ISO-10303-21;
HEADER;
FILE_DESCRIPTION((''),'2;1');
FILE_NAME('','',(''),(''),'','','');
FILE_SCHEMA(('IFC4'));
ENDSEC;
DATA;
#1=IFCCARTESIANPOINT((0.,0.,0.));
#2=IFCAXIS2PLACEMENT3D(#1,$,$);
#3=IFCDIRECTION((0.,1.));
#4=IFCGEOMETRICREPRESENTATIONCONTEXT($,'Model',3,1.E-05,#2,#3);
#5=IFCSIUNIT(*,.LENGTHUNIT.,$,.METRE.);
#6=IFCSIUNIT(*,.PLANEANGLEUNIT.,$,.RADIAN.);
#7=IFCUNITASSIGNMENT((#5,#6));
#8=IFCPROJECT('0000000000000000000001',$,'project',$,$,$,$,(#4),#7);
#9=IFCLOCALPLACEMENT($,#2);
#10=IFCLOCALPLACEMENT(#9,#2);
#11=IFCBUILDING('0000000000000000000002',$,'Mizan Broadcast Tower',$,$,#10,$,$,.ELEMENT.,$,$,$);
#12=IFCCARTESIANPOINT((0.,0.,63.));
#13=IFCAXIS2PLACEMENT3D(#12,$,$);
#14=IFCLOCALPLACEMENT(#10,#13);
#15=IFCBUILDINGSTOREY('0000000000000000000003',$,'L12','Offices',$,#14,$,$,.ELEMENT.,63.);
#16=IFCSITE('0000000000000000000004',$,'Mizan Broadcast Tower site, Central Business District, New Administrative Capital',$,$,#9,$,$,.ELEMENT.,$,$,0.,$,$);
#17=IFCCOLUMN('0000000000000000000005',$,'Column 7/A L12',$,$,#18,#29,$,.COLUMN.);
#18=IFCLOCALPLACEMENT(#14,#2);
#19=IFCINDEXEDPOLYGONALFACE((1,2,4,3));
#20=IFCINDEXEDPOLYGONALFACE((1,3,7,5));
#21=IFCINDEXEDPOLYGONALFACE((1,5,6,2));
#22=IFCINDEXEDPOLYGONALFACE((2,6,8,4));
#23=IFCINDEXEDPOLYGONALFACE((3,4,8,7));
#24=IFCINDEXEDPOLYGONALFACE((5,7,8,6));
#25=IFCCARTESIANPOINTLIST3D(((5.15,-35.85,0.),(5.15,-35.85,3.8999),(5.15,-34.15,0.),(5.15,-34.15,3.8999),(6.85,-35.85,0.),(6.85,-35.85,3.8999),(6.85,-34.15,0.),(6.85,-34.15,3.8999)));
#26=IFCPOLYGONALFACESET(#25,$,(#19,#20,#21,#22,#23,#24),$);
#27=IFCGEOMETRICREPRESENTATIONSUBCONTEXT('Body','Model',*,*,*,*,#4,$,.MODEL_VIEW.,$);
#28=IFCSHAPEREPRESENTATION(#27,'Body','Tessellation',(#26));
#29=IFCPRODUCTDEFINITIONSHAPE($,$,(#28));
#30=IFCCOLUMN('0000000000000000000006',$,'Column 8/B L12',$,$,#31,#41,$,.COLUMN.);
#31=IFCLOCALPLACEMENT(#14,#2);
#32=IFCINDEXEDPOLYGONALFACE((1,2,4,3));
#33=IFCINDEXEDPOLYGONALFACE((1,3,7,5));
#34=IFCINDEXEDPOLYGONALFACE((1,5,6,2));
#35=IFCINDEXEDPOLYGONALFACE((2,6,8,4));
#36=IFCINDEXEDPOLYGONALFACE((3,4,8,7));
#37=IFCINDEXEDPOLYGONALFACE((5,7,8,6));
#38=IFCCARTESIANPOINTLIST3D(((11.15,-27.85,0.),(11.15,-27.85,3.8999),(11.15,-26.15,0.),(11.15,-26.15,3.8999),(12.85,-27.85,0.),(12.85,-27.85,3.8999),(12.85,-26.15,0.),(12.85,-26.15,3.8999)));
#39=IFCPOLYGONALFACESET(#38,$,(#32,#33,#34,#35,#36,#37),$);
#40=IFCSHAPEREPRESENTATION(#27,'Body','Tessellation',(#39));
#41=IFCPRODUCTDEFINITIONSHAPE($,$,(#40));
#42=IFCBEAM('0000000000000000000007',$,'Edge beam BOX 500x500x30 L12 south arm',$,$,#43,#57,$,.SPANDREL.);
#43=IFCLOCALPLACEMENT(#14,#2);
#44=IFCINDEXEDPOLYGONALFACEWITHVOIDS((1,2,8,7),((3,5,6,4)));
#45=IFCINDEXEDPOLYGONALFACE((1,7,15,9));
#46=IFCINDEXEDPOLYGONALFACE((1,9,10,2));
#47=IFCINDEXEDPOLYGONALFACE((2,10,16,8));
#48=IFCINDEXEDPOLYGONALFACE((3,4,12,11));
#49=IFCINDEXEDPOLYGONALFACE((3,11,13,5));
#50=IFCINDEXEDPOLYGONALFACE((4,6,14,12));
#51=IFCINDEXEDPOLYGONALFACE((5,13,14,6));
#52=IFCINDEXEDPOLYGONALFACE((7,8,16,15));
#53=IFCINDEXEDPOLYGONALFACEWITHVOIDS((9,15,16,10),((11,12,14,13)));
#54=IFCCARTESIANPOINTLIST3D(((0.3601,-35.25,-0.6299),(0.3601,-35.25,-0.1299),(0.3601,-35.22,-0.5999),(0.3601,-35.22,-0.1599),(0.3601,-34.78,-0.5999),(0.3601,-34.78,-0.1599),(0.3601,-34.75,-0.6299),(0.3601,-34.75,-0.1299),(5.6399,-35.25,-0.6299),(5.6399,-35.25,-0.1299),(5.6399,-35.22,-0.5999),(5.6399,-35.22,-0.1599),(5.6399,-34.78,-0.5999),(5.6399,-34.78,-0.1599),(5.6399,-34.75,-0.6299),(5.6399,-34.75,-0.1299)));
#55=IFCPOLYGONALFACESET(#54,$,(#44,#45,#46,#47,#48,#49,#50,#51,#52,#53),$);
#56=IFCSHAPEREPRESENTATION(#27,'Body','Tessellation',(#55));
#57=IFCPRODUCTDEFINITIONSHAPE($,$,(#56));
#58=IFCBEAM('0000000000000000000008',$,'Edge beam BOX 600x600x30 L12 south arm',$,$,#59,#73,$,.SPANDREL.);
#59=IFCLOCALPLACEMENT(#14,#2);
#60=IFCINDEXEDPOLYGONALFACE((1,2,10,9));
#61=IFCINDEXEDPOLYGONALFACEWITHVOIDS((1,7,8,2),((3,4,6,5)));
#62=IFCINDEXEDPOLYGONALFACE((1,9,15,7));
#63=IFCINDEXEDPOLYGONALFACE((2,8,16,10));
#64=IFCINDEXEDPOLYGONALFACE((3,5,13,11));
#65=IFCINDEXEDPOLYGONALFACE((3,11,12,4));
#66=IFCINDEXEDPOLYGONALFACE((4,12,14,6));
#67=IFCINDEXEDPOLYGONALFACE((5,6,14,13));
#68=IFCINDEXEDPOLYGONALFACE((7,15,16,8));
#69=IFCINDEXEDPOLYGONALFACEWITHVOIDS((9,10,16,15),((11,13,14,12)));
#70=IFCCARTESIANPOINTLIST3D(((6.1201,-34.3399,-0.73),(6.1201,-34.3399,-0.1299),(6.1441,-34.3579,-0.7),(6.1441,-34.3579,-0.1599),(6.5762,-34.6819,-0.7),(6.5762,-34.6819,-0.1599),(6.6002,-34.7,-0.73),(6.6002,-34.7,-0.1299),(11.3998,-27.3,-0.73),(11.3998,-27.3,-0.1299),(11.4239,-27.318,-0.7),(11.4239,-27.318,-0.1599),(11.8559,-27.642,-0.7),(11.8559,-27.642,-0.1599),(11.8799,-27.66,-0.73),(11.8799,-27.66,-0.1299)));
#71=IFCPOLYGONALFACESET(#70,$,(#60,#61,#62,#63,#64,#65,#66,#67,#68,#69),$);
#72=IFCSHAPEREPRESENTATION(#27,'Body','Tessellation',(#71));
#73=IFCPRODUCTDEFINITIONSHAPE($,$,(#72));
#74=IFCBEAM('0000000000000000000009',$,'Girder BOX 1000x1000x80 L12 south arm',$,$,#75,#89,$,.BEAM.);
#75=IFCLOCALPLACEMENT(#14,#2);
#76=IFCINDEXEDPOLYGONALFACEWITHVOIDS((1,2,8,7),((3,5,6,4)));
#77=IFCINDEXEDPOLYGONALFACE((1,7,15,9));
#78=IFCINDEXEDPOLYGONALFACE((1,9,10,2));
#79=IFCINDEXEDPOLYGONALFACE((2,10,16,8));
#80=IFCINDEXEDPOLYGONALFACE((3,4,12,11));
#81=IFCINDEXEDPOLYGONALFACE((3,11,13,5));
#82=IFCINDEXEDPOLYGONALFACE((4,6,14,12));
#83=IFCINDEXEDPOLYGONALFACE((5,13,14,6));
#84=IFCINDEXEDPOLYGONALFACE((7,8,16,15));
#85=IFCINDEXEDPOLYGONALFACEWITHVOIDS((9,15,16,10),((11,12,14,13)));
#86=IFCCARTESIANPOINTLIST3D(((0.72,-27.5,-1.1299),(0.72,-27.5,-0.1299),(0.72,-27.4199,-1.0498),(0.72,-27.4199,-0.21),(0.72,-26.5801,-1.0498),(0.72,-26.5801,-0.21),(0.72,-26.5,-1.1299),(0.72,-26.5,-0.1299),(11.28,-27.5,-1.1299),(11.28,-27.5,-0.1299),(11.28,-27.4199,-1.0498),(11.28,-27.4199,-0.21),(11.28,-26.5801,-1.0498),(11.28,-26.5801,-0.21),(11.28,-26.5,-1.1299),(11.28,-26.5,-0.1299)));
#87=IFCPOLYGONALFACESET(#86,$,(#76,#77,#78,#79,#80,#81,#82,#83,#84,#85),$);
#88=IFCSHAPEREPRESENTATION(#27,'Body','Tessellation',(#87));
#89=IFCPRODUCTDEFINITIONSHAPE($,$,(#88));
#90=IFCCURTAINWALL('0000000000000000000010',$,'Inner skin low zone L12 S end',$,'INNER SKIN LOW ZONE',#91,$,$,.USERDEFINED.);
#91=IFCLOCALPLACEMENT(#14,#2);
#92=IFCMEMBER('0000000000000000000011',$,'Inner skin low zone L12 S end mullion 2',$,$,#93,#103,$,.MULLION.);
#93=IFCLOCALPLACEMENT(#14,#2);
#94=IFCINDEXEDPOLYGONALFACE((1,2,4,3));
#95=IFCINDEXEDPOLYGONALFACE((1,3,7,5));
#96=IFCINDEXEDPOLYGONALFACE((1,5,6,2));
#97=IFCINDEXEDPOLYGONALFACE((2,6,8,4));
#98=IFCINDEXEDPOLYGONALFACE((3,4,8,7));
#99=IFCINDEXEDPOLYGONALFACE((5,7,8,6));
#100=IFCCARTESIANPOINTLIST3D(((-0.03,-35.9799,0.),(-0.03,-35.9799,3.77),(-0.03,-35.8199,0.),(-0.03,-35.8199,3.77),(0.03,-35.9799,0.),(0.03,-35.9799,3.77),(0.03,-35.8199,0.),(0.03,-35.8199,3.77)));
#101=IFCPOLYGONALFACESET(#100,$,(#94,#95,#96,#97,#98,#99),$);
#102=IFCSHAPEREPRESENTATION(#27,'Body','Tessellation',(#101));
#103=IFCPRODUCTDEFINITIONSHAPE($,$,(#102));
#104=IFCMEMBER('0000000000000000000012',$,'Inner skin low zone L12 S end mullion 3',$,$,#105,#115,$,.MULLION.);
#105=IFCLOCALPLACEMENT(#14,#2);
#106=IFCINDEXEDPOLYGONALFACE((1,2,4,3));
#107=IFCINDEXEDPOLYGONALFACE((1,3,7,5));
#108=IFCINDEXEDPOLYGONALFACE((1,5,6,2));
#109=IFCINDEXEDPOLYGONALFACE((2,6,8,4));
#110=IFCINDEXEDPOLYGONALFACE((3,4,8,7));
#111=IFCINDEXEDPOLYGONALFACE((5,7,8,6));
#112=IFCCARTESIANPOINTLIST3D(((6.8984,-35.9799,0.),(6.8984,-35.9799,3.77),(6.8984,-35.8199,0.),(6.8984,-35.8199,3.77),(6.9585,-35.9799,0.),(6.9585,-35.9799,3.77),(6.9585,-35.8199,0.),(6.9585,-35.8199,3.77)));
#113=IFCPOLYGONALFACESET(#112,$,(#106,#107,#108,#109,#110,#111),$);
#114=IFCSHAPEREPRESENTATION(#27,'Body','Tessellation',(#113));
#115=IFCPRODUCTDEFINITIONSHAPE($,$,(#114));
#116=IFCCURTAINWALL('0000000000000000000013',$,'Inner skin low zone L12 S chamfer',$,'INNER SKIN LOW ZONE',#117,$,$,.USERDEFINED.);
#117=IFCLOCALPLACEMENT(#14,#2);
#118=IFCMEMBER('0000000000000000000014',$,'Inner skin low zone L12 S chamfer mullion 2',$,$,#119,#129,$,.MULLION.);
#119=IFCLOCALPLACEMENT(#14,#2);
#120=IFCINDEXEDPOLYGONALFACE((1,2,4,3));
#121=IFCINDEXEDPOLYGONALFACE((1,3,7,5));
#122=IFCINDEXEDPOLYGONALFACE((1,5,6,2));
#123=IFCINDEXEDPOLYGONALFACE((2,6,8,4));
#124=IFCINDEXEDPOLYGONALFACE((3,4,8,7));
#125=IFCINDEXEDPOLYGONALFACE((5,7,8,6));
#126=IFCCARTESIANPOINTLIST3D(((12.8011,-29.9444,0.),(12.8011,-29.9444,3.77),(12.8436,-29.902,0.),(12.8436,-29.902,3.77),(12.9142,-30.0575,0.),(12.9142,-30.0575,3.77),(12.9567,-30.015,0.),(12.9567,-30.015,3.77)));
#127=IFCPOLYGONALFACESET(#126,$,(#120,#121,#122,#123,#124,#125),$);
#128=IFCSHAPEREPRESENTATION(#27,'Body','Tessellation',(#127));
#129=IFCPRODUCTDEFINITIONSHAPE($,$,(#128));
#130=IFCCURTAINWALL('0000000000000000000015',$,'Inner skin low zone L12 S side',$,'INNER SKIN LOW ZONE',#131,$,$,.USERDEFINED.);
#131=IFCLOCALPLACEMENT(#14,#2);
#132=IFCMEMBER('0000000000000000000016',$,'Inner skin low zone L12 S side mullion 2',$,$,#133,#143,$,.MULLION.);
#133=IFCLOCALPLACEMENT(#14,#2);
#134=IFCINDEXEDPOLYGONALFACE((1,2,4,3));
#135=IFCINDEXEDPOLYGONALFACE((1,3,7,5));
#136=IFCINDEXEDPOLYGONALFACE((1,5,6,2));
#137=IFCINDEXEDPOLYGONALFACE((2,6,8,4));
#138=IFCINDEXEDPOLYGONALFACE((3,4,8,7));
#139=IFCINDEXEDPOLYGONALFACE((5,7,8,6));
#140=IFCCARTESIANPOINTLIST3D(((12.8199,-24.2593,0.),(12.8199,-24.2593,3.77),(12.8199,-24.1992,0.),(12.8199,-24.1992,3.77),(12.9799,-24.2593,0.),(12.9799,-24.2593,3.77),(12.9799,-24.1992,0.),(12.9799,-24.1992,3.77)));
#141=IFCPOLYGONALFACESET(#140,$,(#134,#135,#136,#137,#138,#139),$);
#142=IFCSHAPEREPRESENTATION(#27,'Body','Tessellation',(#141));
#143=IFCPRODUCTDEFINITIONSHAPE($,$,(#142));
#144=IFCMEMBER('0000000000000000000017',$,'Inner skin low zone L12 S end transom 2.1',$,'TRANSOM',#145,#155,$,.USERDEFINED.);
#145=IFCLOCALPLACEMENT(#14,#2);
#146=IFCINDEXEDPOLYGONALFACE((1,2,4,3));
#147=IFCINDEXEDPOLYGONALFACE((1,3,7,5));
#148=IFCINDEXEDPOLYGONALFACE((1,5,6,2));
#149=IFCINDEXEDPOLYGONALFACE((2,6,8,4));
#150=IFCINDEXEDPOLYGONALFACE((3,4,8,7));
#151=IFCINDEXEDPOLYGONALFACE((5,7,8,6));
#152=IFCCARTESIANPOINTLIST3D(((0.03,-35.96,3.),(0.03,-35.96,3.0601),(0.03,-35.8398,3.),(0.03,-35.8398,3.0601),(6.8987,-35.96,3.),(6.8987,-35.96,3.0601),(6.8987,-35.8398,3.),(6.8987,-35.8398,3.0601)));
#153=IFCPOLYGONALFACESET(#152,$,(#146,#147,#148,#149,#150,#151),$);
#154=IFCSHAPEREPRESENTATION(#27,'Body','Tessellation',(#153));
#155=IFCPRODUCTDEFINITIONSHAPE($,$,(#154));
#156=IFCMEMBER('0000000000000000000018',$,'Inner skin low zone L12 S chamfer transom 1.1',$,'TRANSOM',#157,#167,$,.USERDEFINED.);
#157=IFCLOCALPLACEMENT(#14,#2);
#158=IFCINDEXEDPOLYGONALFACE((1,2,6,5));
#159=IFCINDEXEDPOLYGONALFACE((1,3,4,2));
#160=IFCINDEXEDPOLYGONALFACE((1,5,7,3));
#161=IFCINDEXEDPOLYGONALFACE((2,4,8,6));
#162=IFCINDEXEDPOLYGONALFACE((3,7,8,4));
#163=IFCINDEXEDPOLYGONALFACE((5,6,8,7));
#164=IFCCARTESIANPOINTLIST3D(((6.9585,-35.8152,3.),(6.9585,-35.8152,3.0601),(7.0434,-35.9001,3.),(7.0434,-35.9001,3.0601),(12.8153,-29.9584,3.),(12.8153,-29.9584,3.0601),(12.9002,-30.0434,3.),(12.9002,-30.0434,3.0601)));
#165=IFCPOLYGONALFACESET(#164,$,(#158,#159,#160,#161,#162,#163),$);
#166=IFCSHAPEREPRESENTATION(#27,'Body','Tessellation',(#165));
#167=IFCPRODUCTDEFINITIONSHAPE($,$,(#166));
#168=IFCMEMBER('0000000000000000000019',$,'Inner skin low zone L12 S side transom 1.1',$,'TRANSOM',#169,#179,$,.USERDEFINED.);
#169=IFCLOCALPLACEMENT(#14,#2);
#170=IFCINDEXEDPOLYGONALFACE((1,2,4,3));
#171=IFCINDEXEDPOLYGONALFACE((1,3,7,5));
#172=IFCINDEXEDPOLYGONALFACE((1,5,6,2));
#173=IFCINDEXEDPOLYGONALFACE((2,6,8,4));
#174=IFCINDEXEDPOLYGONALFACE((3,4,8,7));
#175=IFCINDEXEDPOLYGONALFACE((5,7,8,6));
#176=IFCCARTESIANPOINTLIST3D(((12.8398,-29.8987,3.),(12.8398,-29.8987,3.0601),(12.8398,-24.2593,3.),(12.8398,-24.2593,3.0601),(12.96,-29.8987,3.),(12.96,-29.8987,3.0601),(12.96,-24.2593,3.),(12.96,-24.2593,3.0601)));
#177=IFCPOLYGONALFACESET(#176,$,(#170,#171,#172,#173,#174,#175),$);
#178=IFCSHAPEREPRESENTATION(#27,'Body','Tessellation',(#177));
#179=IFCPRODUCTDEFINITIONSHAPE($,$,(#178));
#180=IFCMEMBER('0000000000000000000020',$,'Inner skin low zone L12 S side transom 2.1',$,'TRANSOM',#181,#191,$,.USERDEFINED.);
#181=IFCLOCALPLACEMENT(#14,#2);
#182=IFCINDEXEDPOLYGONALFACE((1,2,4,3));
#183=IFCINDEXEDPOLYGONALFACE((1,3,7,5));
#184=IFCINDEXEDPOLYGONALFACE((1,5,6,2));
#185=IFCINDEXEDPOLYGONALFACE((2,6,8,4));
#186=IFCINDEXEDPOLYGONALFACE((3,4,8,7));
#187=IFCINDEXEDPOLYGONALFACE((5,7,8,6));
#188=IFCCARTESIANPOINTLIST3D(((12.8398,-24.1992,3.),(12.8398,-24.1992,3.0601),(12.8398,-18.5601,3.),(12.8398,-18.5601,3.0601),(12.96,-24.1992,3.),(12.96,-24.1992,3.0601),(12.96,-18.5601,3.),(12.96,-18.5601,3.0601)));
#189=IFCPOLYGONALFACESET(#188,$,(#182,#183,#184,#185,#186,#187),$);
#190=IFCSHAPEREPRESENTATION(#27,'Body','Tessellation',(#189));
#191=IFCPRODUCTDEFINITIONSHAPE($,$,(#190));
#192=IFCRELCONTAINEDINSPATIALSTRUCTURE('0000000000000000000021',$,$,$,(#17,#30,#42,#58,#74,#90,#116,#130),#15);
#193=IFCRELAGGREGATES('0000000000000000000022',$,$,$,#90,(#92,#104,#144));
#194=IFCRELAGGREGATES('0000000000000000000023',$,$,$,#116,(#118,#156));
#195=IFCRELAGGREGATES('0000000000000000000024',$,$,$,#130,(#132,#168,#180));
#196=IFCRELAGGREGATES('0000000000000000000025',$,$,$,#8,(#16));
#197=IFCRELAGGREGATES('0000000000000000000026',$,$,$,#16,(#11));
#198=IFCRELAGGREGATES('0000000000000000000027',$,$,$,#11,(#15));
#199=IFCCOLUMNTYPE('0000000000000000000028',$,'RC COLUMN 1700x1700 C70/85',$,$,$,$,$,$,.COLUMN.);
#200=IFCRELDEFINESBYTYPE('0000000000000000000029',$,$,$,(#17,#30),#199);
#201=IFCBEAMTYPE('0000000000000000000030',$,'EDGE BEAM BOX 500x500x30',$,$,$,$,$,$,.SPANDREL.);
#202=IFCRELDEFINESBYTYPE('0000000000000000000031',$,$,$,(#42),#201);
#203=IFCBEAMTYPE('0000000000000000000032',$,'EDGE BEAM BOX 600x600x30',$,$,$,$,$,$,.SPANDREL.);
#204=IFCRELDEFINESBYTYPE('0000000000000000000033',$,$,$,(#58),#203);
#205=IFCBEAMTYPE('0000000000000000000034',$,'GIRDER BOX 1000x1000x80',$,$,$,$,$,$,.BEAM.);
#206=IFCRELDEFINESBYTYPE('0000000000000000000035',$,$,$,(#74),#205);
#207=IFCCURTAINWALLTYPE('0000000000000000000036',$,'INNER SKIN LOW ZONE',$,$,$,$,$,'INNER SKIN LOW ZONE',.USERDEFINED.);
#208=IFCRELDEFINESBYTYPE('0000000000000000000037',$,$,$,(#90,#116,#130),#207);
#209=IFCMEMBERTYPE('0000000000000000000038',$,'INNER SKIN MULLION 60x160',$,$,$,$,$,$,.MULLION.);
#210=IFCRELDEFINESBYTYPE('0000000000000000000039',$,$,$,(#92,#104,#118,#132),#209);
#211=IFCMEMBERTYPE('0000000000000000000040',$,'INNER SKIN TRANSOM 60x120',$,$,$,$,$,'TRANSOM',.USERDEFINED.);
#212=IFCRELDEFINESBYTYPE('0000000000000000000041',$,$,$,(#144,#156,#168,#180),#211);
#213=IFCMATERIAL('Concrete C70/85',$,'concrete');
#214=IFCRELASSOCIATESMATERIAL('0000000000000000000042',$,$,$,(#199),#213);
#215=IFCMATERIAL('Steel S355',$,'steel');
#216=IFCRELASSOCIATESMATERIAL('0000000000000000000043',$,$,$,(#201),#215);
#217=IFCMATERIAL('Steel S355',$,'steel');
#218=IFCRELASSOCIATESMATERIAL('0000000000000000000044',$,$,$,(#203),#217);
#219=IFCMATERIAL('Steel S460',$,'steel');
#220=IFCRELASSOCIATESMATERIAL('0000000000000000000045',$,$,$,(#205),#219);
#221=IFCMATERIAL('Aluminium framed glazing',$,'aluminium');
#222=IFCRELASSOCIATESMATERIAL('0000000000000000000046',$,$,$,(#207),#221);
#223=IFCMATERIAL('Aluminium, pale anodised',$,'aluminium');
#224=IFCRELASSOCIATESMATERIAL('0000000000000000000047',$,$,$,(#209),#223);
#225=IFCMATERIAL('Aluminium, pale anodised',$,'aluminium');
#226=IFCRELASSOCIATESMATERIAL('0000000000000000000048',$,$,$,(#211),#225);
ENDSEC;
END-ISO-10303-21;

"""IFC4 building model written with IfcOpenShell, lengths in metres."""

from ifc_helpers import new_model, si_unit, direction, frame, origin, origin_2d, place, context, subcontext, project, spatial, rectangle, hollow_rectangle, extrude, material, material_profile, profile_set, type_object, element, aggregate, save


model = new_model("IFC4")

# Units and contexts
model_context = context("Model", 3, precision=1e-05, world=origin(), true_north=direction((0.0, 1.0)))
body_context = subcontext(model_context, "Body", "Model", "MODEL_VIEW")
ifc_project = project(units=[si_unit("LENGTHUNIT", "METRE"), si_unit("PLANEANGLEUNIT", "RADIAN")], contexts=[model_context])

# Site, building, storey
site_placement = place(None, origin())
site = spatial("IfcSite", under=ifc_project, at=site_placement, Name="Mizan Broadcast Tower site, Central Business District, New Administrative Capital", CompositionType="ELEMENT", RefElevation=0.0)
building_placement = place(site_placement, origin())
building = spatial("IfcBuilding", under=site, at=building_placement, Name="Mizan Broadcast Tower", CompositionType="ELEMENT")
storey_placement = place(building_placement, frame((0.0, 0.0, 63.0)))
storey = spatial("IfcBuildingStorey", under=building, at=storey_placement, Name="L12", Description="Offices", CompositionType="ELEMENT", Elevation=63.0)

# Columns
ifc_material_1 = material(Name="Concrete C70/85", Category="concrete")
ifc_material_profile_1 = material_profile(ifc_material_1, rectangle(XDim=1.7, YDim=1.7, at=origin_2d()), Name="RC 1700x1700")
ifc_profile_set_1 = profile_set([ifc_material_profile_1], Name="Concrete C70/85")
column_type = type_object("IfcColumnType", Name="RC COLUMN 1700x1700 C70/85", PredefinedType="COLUMN", material=ifc_profile_set_1)
for number, where, z_axis, x_axis, name in (
    (1, (6.0, -35.0, 0.0), (0.0, 0.0, 1.0), (1.0, 0.0, 0.0), "Column 7/A L12"),
    (2, (12.0, -27.0, 0.0), (0.0, 0.0, 1.0), (1.0, 0.0, 0.0), "Column 8/B L12"),
):
    element("IfcColumn", number, at=place(storey_placement, frame(where, z_axis=z_axis, x_axis=x_axis)), inside=storey, type_object=column_type, Name=name, PredefinedType="COLUMN", context=body_context, shape_type="SweptSolid", body=[
        extrude(rectangle(XDim=1.7, YDim=1.7, at=origin_2d()), origin(), (0.0, 0.0, 1.0), 3.8999),
    ])

# Beams
ifc_material_2 = material(Name="Steel S355", Category="steel")
ifc_material_profile_2 = material_profile(ifc_material_2, hollow_rectangle(XDim=0.5, YDim=0.5, WallThickness=0.03, at=origin_2d()), Name="BOX 500x500x30")
ifc_profile_set_2 = profile_set([ifc_material_profile_2], Name="Steel S355")
beam_type_1 = type_object("IfcBeamType", Name="EDGE BEAM BOX 500x500x30", PredefinedType="SPANDREL", material=ifc_profile_set_2)
beam_1_placement = place(storey_placement, frame((5.6399, -35.0, -0.3799), z_axis=(-1.0, 0.0, 0.0), x_axis=(0.0, -1.0, 0.0)))
element("IfcBeam", 3, at=beam_1_placement, inside=storey, type_object=beam_type_1, Name="Edge beam BOX 500x500x30 L12 south arm", PredefinedType="SPANDREL", context=body_context, shape_type="SweptSolid", body=[
    extrude(hollow_rectangle(XDim=0.5, YDim=0.5, WallThickness=0.03, at=origin_2d()), origin(), (0.0, 0.0, 1.0), 5.2798),
])
ifc_material_3 = material(Name="Steel S355", Category="steel")
ifc_material_profile_3 = material_profile(ifc_material_3, hollow_rectangle(XDim=0.6001, YDim=0.6001, WallThickness=0.03, at=origin_2d()), Name="BOX 600x600x30")
ifc_profile_set_3 = profile_set([ifc_material_profile_3], Name="Steel S355")
beam_type_2 = type_object("IfcBeamType", Name="EDGE BEAM BOX 600x600x30", PredefinedType="SPANDREL", material=ifc_profile_set_3)
beam_2_placement = place(storey_placement, frame((11.6399, -27.48, -0.4299), z_axis=(-0.599982, -0.800013, 0.0), x_axis=(0.800013, -0.599982, 0.0)))
element("IfcBeam", 4, at=beam_2_placement, inside=storey, type_object=beam_type_2, Name="Edge beam BOX 600x600x30 L12 south arm", PredefinedType="SPANDREL", context=body_context, shape_type="SweptSolid", body=[
    extrude(hollow_rectangle(XDim=0.6001, YDim=0.6001, WallThickness=0.03, at=origin_2d()), origin(), (0.0, 0.0, 1.0), 8.7998),
])
ifc_material_4 = material(Name="Steel S460", Category="steel")
ifc_material_profile_4 = material_profile(ifc_material_4, hollow_rectangle(XDim=1.0, YDim=1.0, WallThickness=0.0801, at=origin_2d()), Name="BOX 1000x1000x80")
ifc_profile_set_4 = profile_set([ifc_material_profile_4], Name="Steel S460")
beam_type_3 = type_object("IfcBeamType", Name="GIRDER BOX 1000x1000x80", PredefinedType="BEAM", material=ifc_profile_set_4)
beam_3_placement = place(storey_placement, frame((11.28, -27.0, -0.6299), z_axis=(-1.0, 0.0, 0.0), x_axis=(0.0, -1.0, 0.0)))
element("IfcBeam", 5, at=beam_3_placement, inside=storey, type_object=beam_type_3, Name="Girder BOX 1000x1000x80 L12 south arm", PredefinedType="BEAM", context=body_context, shape_type="SweptSolid", body=[
    extrude(hollow_rectangle(XDim=1.0, YDim=1.0, WallThickness=0.0801, at=origin_2d()), origin(), (0.0, 0.0, 1.0), 10.5601),
])

# Curtain wall, members
ifc_material_5 = material(Name="Aluminium framed glazing", Category="aluminium")
curtain_wall_type_1 = type_object("IfcCurtainWallType", Name="INNER SKIN LOW ZONE", ElementType="INNER SKIN LOW ZONE", PredefinedType="USERDEFINED", material=ifc_material_5)
curtain_wall_1_placement = place(storey_placement, origin())
curtain_wall_1 = element("IfcCurtainWall", 6, at=curtain_wall_1_placement, inside=storey, type_object=curtain_wall_type_1, Name="Inner skin low zone L12 S end", ObjectType="INNER SKIN LOW ZONE", PredefinedType="USERDEFINED")
ifc_material_6 = material(Name="Aluminium, pale anodised", Category="aluminium")
ifc_material_profile_5 = material_profile(ifc_material_6, rectangle(XDim=0.1599, YDim=0.0601, at=origin_2d()), Name="MULLION 160x60")
ifc_profile_set_5 = profile_set([ifc_material_profile_5], Name="Aluminium, pale anodised")
member_type_1 = type_object("IfcMemberType", Name="INNER SKIN MULLION 60x160", PredefinedType="MULLION", material=ifc_profile_set_5)
member_1_placement = place(storey_placement, frame((0.0, -35.8999, 0.0), z_axis=(0.0, 0.0, 1.0), x_axis=(0.0, 1.0, 0.0)))
member_1 = element("IfcMember", 7, at=member_1_placement, type_object=member_type_1, Name="Inner skin low zone L12 S end mullion 2", PredefinedType="MULLION", context=body_context, shape_type="SweptSolid", body=[
    extrude(rectangle(XDim=0.1599, YDim=0.0601, at=origin_2d()), origin(), (0.0, 0.0, 1.0), 3.77),
])
member_2_placement = place(storey_placement, frame((6.9285, -35.8999, 0.0), z_axis=(0.0, 0.0, 1.0), x_axis=(0.0, 1.0, 0.0)))
member_2 = element("IfcMember", 8, at=member_2_placement, type_object=member_type_1, Name="Inner skin low zone L12 S end mullion 3", PredefinedType="MULLION", context=body_context, shape_type="SweptSolid", body=[
    extrude(rectangle(XDim=0.1599, YDim=0.0601, at=origin_2d()), origin(), (0.0, 0.0, 1.0), 3.77),
])

# Curtain walls, members
curtain_wall_2_placement = place(storey_placement, origin())
curtain_wall_2 = element("IfcCurtainWall", 9, at=curtain_wall_2_placement, inside=storey, type_object=curtain_wall_type_1, Name="Inner skin low zone L12 S chamfer", ObjectType="INNER SKIN LOW ZONE", PredefinedType="USERDEFINED")
member_3_placement = place(storey_placement, frame((12.8789, -29.9797, 0.0), z_axis=(0.0, 0.0, 1.0), x_axis=(-0.707107, 0.707107, 0.0)))
member_3 = element("IfcMember", 10, at=member_3_placement, type_object=member_type_1, Name="Inner skin low zone L12 S chamfer mullion 2", PredefinedType="MULLION", context=body_context, shape_type="SweptSolid", body=[
    extrude(rectangle(XDim=0.1599, YDim=0.0601, at=origin_2d()), origin(), (0.0, 0.0, 1.0), 3.77),
])
curtain_wall_3_placement = place(storey_placement, origin())
curtain_wall_3 = element("IfcCurtainWall", 11, at=curtain_wall_3_placement, inside=storey, type_object=curtain_wall_type_1, Name="Inner skin low zone L12 S side", ObjectType="INNER SKIN LOW ZONE", PredefinedType="USERDEFINED")
member_4_placement = place(storey_placement, frame((12.8999, -24.2292, 0.0), z_axis=(0.0, 0.0, 1.0), x_axis=(-1.0, 0.0, 0.0)))
member_4 = element("IfcMember", 12, at=member_4_placement, type_object=member_type_1, Name="Inner skin low zone L12 S side mullion 2", PredefinedType="MULLION", context=body_context, shape_type="SweptSolid", body=[
    extrude(rectangle(XDim=0.1599, YDim=0.0601, at=origin_2d()), origin(), (0.0, 0.0, 1.0), 3.77),
])

# Members
ifc_material_7 = material(Name="Aluminium, pale anodised", Category="aluminium")
ifc_material_profile_6 = material_profile(ifc_material_7, rectangle(XDim=0.1201, YDim=0.0601, at=origin_2d()), Name="TRANSOM 120x60")
ifc_profile_set_6 = profile_set([ifc_material_profile_6], Name="Aluminium, pale anodised")
member_type_2 = type_object("IfcMemberType", Name="INNER SKIN TRANSOM 60x120", ElementType="TRANSOM", PredefinedType="USERDEFINED", material=ifc_profile_set_6)
member_5_placement = place(storey_placement, frame((0.03, -35.8999, 3.03), z_axis=(1.0, 0.0, 0.0), x_axis=(0.0, 1.0, 0.0)))
member_5 = element("IfcMember", 13, at=member_5_placement, type_object=member_type_2, Name="Inner skin low zone L12 S end transom 2.1", ObjectType="TRANSOM", PredefinedType="USERDEFINED", context=body_context, shape_type="SweptSolid", body=[
    extrude(rectangle(XDim=0.1201, YDim=0.0601, at=origin_2d()), origin(), (0.0, 0.0, 1.0), 6.8687),
])
member_6_placement = place(storey_placement, frame((7.001, -35.8577, 3.03), z_axis=(0.707107, 0.707107, 0.0), x_axis=(-0.707107, 0.707107, 0.0)))
member_6 = element("IfcMember", 14, at=member_6_placement, type_object=member_type_2, Name="Inner skin low zone L12 S chamfer transom 1.1", ObjectType="TRANSOM", PredefinedType="USERDEFINED", context=body_context, shape_type="SweptSolid", body=[
    extrude(rectangle(XDim=0.1201, YDim=0.0601, at=origin_2d()), origin(), (0.0, 0.0, 1.0), 8.2827),
])
member_7_placement = place(storey_placement, frame((12.8999, -29.8987, 3.03), z_axis=(0.0, 1.0, 0.0), x_axis=(-1.0, 0.0, 0.0)))
member_7 = element("IfcMember", 15, at=member_7_placement, type_object=member_type_2, Name="Inner skin low zone L12 S side transom 1.1", ObjectType="TRANSOM", PredefinedType="USERDEFINED", context=body_context, shape_type="SweptSolid", body=[
    extrude(rectangle(XDim=0.1201, YDim=0.0601, at=origin_2d()), origin(), (0.0, 0.0, 1.0), 5.6394),
])
member_8_placement = place(storey_placement, frame((12.8999, -24.1992, 3.03), z_axis=(0.0, 1.0, 0.0), x_axis=(-1.0, 0.0, 0.0)))
member_8 = element("IfcMember", 16, at=member_8_placement, type_object=member_type_2, Name="Inner skin low zone L12 S side transom 2.1", ObjectType="TRANSOM", PredefinedType="USERDEFINED", context=body_context, shape_type="SweptSolid", body=[
    extrude(rectangle(XDim=0.1201, YDim=0.0601, at=origin_2d()), origin(), (0.0, 0.0, 1.0), 5.6392),
])

aggregate(curtain_wall_1, [member_1, member_2, member_5])
aggregate(curtain_wall_2, [member_3, member_6])
aggregate(curtain_wall_3, [member_4, member_7, member_8])

save(model, "model.ifc")
